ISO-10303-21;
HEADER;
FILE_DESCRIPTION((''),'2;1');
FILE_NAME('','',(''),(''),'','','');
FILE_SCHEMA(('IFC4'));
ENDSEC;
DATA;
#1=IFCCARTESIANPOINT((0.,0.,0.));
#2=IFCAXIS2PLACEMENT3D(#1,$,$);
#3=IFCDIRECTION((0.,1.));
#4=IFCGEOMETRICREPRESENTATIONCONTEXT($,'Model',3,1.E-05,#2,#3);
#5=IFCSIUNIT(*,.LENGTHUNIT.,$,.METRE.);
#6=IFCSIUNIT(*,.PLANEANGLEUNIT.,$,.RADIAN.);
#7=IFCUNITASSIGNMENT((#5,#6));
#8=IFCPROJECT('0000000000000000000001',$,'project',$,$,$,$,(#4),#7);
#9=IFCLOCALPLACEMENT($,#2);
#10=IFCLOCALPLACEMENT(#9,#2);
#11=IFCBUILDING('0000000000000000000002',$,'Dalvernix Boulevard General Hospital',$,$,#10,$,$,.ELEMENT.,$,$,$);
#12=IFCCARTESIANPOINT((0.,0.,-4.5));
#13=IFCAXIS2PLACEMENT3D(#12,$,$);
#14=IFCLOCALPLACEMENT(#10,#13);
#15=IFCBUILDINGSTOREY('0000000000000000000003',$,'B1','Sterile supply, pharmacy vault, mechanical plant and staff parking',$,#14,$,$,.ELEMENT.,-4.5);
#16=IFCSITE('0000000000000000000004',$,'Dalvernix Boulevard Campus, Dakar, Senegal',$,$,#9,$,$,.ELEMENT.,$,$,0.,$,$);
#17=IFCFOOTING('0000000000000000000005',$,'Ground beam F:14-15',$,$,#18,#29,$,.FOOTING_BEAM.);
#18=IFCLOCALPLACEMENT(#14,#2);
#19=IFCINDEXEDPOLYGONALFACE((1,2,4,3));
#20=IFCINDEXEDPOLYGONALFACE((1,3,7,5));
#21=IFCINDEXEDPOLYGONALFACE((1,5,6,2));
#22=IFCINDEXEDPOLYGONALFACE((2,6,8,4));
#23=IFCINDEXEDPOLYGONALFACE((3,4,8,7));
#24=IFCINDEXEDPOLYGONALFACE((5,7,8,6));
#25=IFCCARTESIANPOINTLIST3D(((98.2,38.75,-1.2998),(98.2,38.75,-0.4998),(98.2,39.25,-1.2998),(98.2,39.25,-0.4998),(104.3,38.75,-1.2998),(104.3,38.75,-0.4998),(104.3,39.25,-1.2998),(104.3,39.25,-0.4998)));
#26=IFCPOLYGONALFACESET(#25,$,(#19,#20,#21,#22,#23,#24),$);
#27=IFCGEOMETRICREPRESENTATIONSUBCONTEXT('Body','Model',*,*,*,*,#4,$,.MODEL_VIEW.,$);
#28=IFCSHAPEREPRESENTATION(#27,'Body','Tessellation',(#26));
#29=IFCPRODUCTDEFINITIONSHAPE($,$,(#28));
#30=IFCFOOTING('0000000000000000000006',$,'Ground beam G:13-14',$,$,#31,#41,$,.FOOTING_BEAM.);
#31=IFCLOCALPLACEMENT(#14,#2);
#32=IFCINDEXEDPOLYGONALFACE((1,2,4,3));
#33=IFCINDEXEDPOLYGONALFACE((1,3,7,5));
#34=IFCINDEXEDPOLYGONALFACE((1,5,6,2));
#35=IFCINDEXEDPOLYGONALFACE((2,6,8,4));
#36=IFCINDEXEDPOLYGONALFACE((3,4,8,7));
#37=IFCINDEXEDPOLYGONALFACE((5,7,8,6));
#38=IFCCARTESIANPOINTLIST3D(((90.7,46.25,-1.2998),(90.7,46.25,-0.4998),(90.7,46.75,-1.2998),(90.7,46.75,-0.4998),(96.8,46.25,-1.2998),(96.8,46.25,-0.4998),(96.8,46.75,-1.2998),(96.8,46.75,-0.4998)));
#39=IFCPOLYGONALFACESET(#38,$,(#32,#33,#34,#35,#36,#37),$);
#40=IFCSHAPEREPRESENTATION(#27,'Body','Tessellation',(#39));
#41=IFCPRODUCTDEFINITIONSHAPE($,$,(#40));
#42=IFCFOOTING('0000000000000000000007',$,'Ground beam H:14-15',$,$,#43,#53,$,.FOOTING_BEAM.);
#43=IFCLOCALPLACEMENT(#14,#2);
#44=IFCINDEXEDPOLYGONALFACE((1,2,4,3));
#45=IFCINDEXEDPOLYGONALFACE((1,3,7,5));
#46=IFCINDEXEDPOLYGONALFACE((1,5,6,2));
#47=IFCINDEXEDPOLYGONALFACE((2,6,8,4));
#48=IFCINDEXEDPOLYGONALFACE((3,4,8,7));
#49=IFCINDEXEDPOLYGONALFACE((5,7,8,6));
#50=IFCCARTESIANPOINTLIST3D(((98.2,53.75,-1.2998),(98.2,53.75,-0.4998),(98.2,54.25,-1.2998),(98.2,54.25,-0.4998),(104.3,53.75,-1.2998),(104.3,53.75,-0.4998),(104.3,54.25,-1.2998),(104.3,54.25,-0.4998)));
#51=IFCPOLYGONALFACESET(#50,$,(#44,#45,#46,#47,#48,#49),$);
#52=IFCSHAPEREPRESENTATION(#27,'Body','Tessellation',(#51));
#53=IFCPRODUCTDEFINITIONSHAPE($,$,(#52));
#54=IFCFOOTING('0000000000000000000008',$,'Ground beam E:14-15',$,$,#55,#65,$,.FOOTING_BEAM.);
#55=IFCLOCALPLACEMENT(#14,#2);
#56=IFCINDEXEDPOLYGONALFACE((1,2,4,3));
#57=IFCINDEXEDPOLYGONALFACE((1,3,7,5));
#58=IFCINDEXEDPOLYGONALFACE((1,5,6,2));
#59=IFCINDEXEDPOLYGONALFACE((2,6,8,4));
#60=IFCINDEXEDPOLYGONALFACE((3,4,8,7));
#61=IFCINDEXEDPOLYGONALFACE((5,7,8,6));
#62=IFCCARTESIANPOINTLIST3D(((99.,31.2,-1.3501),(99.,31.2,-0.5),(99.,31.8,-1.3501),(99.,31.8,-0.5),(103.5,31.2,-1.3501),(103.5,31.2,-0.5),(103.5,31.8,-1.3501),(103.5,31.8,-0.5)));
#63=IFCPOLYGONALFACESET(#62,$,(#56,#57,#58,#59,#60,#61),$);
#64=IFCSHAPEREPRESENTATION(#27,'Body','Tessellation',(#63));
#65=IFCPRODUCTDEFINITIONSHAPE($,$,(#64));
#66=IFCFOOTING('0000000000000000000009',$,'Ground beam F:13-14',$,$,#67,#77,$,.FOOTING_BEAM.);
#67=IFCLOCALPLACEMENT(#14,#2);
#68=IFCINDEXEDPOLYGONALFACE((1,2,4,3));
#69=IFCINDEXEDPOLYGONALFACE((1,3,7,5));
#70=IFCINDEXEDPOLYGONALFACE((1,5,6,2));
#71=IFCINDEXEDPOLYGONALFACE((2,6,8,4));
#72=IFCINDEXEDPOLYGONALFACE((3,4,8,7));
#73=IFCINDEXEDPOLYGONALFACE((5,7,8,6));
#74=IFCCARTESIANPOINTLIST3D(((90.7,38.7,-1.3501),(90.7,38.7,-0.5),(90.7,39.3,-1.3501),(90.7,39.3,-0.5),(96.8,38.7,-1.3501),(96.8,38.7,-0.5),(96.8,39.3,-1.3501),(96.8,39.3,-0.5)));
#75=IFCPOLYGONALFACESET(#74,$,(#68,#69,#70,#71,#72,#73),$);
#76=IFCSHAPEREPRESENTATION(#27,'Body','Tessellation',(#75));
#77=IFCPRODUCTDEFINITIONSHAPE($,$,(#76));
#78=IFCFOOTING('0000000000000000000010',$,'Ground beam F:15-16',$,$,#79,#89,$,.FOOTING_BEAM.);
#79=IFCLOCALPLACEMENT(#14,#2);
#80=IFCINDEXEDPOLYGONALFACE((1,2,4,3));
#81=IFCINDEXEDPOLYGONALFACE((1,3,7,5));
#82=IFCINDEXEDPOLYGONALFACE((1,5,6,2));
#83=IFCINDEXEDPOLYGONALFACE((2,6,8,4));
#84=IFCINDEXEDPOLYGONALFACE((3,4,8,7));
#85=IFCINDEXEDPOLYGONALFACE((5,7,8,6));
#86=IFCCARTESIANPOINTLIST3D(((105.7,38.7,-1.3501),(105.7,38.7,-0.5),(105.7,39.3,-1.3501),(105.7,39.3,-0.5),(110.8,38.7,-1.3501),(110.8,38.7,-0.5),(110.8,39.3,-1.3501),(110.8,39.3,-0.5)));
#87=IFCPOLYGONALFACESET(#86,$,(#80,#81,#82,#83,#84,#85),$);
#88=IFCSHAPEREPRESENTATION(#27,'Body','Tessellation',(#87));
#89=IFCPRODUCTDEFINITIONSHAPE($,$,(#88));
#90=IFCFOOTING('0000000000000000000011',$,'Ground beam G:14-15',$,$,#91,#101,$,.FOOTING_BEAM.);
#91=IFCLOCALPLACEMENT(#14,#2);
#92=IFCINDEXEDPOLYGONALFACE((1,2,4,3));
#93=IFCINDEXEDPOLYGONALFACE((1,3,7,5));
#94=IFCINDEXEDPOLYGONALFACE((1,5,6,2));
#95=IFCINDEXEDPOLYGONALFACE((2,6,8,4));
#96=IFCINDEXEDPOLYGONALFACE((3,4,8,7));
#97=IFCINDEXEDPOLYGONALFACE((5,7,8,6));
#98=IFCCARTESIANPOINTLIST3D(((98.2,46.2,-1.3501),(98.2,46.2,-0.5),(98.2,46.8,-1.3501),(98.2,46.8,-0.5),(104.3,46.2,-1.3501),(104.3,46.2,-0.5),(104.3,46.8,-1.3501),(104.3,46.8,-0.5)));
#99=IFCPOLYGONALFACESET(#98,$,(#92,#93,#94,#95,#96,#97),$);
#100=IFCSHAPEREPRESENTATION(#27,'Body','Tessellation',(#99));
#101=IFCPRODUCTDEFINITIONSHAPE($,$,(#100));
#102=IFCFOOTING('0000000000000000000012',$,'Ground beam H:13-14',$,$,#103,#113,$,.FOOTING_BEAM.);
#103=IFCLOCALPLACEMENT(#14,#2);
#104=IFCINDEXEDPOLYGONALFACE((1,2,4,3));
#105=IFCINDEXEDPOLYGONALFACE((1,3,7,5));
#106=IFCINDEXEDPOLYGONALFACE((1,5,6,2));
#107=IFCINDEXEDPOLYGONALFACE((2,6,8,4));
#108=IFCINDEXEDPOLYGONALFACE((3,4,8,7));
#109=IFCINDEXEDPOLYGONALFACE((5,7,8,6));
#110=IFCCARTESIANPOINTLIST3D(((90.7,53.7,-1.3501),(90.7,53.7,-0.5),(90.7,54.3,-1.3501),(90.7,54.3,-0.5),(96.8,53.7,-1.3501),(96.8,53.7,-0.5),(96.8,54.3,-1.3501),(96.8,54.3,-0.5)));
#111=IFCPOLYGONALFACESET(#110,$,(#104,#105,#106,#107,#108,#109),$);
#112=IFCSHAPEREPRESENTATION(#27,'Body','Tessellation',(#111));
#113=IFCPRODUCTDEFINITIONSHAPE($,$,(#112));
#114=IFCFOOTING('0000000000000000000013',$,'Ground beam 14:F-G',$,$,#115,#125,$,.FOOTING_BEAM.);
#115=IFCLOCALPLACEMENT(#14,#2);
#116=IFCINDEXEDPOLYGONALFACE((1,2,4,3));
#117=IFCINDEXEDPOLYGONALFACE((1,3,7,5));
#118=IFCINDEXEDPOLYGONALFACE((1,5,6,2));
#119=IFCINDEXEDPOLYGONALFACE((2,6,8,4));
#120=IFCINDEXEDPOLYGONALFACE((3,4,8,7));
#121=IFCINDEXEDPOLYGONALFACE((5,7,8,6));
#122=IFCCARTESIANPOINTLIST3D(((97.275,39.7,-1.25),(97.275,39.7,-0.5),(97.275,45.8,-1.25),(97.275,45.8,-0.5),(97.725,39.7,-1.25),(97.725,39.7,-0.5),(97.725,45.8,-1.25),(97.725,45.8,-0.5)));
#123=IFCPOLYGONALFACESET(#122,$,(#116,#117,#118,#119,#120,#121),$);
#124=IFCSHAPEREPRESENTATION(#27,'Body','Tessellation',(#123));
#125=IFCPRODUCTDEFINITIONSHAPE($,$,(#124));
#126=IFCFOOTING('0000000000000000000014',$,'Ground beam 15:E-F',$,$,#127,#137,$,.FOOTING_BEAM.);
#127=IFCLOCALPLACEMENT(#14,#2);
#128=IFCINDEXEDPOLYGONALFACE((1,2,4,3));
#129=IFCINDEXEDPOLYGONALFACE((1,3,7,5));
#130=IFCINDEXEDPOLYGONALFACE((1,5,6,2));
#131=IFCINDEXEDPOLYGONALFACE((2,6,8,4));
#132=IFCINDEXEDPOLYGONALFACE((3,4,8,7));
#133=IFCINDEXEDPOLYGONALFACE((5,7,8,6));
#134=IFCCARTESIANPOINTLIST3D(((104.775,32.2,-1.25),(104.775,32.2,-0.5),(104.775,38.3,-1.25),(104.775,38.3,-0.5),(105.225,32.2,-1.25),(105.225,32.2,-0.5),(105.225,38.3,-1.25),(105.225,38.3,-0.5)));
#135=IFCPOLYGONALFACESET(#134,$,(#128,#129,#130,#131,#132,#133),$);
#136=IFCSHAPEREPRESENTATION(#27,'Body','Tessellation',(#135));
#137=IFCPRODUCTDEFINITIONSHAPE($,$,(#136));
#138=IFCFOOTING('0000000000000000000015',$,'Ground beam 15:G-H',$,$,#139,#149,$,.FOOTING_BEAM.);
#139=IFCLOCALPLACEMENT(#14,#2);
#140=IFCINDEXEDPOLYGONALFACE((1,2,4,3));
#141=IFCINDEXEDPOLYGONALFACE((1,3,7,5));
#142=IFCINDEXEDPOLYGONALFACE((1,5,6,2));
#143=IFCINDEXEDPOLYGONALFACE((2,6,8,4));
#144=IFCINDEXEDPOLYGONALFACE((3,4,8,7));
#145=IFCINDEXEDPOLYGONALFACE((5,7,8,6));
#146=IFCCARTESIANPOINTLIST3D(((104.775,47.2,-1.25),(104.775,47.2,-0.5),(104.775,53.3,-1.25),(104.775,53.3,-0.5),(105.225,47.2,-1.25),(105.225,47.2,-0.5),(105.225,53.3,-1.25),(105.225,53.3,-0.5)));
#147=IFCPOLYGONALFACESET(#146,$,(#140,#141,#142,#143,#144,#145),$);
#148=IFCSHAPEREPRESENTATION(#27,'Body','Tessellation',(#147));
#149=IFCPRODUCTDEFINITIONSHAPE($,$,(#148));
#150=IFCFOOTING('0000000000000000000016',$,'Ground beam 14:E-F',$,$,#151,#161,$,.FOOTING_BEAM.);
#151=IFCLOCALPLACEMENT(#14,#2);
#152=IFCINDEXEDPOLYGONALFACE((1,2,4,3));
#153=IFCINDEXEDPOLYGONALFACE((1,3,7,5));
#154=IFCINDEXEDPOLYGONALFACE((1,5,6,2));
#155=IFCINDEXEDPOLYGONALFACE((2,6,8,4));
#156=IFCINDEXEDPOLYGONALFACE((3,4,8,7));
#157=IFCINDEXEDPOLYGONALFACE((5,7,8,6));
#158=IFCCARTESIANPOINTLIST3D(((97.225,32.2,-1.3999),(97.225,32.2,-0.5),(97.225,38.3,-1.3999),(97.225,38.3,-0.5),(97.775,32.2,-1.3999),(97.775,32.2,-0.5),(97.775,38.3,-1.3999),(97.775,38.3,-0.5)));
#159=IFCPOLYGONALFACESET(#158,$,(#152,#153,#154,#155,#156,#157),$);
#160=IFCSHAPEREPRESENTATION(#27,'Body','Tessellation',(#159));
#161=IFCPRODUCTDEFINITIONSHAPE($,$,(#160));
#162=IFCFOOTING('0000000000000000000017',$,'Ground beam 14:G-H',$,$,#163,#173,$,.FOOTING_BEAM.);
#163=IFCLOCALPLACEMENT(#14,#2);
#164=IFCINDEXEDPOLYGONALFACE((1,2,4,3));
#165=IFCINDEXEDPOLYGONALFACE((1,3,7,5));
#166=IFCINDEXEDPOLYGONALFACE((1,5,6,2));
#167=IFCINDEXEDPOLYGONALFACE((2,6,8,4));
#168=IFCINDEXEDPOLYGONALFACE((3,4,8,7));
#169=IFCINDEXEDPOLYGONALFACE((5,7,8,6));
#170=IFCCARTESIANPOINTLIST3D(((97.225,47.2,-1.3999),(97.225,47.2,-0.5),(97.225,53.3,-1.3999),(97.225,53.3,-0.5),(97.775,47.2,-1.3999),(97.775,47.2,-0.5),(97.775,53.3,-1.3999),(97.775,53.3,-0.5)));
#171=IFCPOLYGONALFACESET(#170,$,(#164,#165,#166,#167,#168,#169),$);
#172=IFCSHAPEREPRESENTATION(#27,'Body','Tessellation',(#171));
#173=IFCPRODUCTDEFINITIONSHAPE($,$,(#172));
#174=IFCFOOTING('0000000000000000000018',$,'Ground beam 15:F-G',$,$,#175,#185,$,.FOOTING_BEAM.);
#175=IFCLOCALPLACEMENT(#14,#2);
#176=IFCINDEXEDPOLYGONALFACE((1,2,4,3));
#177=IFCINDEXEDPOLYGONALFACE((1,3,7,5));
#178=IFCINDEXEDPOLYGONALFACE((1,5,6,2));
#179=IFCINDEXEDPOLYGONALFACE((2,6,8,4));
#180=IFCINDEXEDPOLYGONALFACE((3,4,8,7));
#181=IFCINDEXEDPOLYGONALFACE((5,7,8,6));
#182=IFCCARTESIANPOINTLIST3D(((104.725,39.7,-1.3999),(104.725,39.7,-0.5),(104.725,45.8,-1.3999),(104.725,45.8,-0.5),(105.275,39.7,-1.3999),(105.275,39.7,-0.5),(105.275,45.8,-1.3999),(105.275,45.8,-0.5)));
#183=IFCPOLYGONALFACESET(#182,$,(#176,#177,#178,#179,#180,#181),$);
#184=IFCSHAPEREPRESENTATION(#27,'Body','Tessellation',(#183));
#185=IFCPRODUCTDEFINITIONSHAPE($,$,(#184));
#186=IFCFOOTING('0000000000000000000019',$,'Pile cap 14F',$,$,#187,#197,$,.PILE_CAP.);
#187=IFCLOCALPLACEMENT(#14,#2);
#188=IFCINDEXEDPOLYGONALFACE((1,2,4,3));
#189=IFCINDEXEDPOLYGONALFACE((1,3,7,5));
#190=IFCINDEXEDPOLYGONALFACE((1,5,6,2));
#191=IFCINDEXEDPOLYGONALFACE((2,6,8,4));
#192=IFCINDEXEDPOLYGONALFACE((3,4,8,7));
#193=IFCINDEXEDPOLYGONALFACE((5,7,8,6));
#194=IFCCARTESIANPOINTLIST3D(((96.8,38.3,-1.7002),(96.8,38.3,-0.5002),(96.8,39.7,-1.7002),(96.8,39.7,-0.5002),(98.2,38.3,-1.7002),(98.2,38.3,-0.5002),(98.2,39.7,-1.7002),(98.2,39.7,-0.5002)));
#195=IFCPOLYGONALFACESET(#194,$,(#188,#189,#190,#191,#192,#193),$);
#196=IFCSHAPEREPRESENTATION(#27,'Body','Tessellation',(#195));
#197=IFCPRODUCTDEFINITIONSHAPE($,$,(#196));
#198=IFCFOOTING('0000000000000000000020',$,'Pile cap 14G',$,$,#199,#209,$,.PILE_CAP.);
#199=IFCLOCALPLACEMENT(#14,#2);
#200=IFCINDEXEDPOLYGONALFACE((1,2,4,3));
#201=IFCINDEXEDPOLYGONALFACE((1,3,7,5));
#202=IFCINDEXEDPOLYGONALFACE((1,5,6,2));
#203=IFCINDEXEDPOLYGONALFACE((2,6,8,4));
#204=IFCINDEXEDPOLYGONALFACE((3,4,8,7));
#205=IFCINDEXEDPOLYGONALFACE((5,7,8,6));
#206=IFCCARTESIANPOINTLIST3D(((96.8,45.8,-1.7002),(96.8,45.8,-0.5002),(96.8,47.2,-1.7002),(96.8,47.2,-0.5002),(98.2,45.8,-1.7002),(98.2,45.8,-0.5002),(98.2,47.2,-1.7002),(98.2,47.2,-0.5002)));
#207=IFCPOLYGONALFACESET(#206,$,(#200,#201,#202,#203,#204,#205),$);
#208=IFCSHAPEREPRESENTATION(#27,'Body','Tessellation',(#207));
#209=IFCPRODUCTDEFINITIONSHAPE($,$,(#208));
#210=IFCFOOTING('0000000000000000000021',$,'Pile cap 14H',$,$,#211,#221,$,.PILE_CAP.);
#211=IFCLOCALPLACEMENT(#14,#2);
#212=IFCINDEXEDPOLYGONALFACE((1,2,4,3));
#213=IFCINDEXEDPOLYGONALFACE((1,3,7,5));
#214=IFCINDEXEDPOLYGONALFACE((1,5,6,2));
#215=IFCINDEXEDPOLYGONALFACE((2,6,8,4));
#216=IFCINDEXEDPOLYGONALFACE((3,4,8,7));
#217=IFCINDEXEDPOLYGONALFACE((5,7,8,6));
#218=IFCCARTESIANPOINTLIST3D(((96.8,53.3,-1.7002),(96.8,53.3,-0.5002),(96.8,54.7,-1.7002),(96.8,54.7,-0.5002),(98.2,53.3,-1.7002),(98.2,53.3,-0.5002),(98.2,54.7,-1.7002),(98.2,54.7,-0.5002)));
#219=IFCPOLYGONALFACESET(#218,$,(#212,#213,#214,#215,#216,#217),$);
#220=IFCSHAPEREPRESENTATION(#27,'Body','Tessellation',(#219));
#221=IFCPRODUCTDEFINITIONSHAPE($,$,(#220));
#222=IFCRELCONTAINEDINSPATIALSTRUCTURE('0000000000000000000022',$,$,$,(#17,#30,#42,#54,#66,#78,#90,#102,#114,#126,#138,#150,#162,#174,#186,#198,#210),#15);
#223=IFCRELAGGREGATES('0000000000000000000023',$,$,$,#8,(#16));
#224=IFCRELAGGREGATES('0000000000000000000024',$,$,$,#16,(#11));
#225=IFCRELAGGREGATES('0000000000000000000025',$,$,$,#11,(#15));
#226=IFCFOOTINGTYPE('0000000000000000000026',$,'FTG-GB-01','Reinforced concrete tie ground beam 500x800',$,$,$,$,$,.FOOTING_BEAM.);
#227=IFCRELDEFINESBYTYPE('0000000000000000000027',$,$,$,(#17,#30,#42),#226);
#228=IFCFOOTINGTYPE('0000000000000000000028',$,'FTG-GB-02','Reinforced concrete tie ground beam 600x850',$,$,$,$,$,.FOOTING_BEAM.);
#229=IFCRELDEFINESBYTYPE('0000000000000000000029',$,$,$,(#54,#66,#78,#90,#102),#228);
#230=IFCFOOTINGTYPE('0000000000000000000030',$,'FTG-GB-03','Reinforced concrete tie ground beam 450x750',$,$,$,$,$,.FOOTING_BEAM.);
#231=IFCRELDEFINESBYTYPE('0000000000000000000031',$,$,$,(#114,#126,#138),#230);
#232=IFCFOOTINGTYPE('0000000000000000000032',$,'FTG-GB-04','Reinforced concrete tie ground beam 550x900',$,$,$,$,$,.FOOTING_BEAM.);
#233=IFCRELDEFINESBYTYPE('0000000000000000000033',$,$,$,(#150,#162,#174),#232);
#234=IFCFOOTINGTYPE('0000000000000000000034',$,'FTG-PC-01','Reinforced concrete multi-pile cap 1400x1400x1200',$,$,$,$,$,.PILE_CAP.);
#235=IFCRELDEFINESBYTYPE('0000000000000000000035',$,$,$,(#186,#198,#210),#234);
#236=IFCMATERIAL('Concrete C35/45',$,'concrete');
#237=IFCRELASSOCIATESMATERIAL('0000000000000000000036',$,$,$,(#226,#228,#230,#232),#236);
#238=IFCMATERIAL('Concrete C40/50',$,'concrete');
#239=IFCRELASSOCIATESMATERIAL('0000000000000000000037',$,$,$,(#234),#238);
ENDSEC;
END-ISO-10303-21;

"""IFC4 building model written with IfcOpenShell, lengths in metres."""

from ifc_helpers import new_model, si_unit, direction, frame, origin, origin_2d, place, context, subcontext, project, spatial, rectangle, extrude, material, type_object, element, save


model = new_model("IFC4")

# Units and contexts
model_context = context("Model", 3, precision=1e-05, world=origin(), true_north=direction((0.0, 1.0)))
body_context = subcontext(model_context, "Body", "Model", "MODEL_VIEW")
ifc_project = project(units=[si_unit("LENGTHUNIT", "METRE"), si_unit("PLANEANGLEUNIT", "RADIAN")], contexts=[model_context])

# Site, building, storey
site_placement = place(None, origin())
site = spatial("IfcSite", under=ifc_project, at=site_placement, Name="Dalvernix Boulevard Campus, Dakar, Senegal", CompositionType="ELEMENT", RefElevation=0.0)
building_placement = place(site_placement, origin())
building = spatial("IfcBuilding", under=site, at=building_placement, Name="Dalvernix Boulevard General Hospital", CompositionType="ELEMENT")
storey_placement = place(building_placement, frame((0.0, 0.0, -4.5)))
storey = spatial("IfcBuildingStorey", under=building, at=storey_placement, Name="B1", Description="Sterile supply, pharmacy vault, mechanical plant and staff parking", CompositionType="ELEMENT", Elevation=-4.5)

# Footings
ifc_material_1 = material(Name="Concrete C35/45", Category="concrete")
footing_type_1 = type_object("IfcFootingType", Name="FTG-GB-01", Description="Reinforced concrete tie ground beam 500x800", PredefinedType="FOOTING_BEAM", material=ifc_material_1)
for number, where, z_axis, x_axis, name in (
    (1, (101.25, 39.0, -1.2998), (0.0, 0.0, 1.0), (1.0, 0.0, 0.0), "Ground beam F:14-15"),
    (2, (93.75, 46.5, -1.2998), (0.0, 0.0, 1.0), (1.0, 0.0, 0.0), "Ground beam G:13-14"),
    (3, (101.25, 54.0, -1.2998), (0.0, 0.0, 1.0), (1.0, 0.0, 0.0), "Ground beam H:14-15"),
):
    element("IfcFooting", number, at=place(storey_placement, frame(where, z_axis=z_axis, x_axis=x_axis)), inside=storey, type_object=footing_type_1, Name=name, PredefinedType="FOOTING_BEAM", context=body_context, shape_type="SweptSolid", body=[
        extrude(rectangle(XDim=6.1001, YDim=0.5, at=origin_2d()), origin(), (0.0, 0.0, 1.0), 0.8),
    ])
footing_type_2 = type_object("IfcFootingType", Name="FTG-GB-02", Description="Reinforced concrete tie ground beam 600x850", PredefinedType="FOOTING_BEAM", material=ifc_material_1)
footing_1_placement = place(storey_placement, frame((101.25, 31.5, -1.3501), z_axis=(0.0, 0.0, 1.0), x_axis=(1.0, 0.0, 0.0)))
element("IfcFooting", 4, at=footing_1_placement, inside=storey, type_object=footing_type_2, Name="Ground beam E:14-15", PredefinedType="FOOTING_BEAM", context=body_context, shape_type="SweptSolid", body=[
    extrude(rectangle(XDim=4.5, YDim=0.6001, at=origin_2d()), origin(), (0.0, 0.0, 1.0), 0.8501),
])
footing_2_placement = place(storey_placement, frame((93.75, 39.0, -1.3501), z_axis=(0.0, 0.0, 1.0), x_axis=(1.0, 0.0, 0.0)))
element("IfcFooting", 5, at=footing_2_placement, inside=storey, type_object=footing_type_2, Name="Ground beam F:13-14", PredefinedType="FOOTING_BEAM", context=body_context, shape_type="SweptSolid", body=[
    extrude(rectangle(XDim=6.1001, YDim=0.6001, at=origin_2d()), origin(), (0.0, 0.0, 1.0), 0.8501),
])
footing_3_placement = place(storey_placement, frame((108.25, 39.0, -1.3501), z_axis=(0.0, 0.0, 1.0), x_axis=(1.0, 0.0, 0.0)))
element("IfcFooting", 6, at=footing_3_placement, inside=storey, type_object=footing_type_2, Name="Ground beam F:15-16", PredefinedType="FOOTING_BEAM", context=body_context, shape_type="SweptSolid", body=[
    extrude(rectangle(XDim=5.1001, YDim=0.6001, at=origin_2d()), origin(), (0.0, 0.0, 1.0), 0.8501),
])
for number, where, z_axis, x_axis, name in (
    (7, (101.25, 46.5, -1.3501), (0.0, 0.0, 1.0), (1.0, 0.0, 0.0), "Ground beam G:14-15"),
    (8, (93.75, 54.0, -1.3501), (0.0, 0.0, 1.0), (1.0, 0.0, 0.0), "Ground beam H:13-14"),
):
    element("IfcFooting", number, at=place(storey_placement, frame(where, z_axis=z_axis, x_axis=x_axis)), inside=storey, type_object=footing_type_2, Name=name, PredefinedType="FOOTING_BEAM", context=body_context, shape_type="SweptSolid", body=[
        extrude(rectangle(XDim=6.1001, YDim=0.6001, at=origin_2d()), origin(), (0.0, 0.0, 1.0), 0.8501),
    ])
footing_type_3 = type_object("IfcFootingType", Name="FTG-GB-03", Description="Reinforced concrete tie ground beam 450x750", PredefinedType="FOOTING_BEAM", material=ifc_material_1)
for number, where, z_axis, x_axis, name in (
    (9, (97.5, 42.75, -1.25), (0.0, 0.0, 1.0), (0.0, 1.0, 0.0), "Ground beam 14:F-G"),
    (10, (105.0, 35.25, -1.25), (0.0, 0.0, 1.0), (0.0, 1.0, 0.0), "Ground beam 15:E-F"),
    (11, (105.0, 50.25, -1.25), (0.0, 0.0, 1.0), (0.0, 1.0, 0.0), "Ground beam 15:G-H"),
):
    element("IfcFooting", number, at=place(storey_placement, frame(where, z_axis=z_axis, x_axis=x_axis)), inside=storey, type_object=footing_type_3, Name=name, PredefinedType="FOOTING_BEAM", context=body_context, shape_type="SweptSolid", body=[
        extrude(rectangle(XDim=6.1001, YDim=0.45, at=origin_2d()), origin(), (0.0, 0.0, 1.0), 0.75),
    ])
footing_type_4 = type_object("IfcFootingType", Name="FTG-GB-04", Description="Reinforced concrete tie ground beam 550x900", PredefinedType="FOOTING_BEAM", material=ifc_material_1)
for number, where, z_axis, x_axis, name in (
    (12, (97.5, 35.25, -1.3999), (0.0, 0.0, 1.0), (0.0, 1.0, 0.0), "Ground beam 14:E-F"),
    (13, (97.5, 50.25, -1.3999), (0.0, 0.0, 1.0), (0.0, 1.0, 0.0), "Ground beam 14:G-H"),
    (14, (105.0, 42.75, -1.3999), (0.0, 0.0, 1.0), (0.0, 1.0, 0.0), "Ground beam 15:F-G"),
):
    element("IfcFooting", number, at=place(storey_placement, frame(where, z_axis=z_axis, x_axis=x_axis)), inside=storey, type_object=footing_type_4, Name=name, PredefinedType="FOOTING_BEAM", context=body_context, shape_type="SweptSolid", body=[
        extrude(rectangle(XDim=6.1001, YDim=0.55, at=origin_2d()), origin(), (0.0, 0.0, 1.0), 0.8999),
    ])
ifc_material_2 = material(Name="Concrete C40/50", Category="concrete")
footing_type_5 = type_object("IfcFootingType", Name="FTG-PC-01", Description="Reinforced concrete multi-pile cap 1400x1400x1200", PredefinedType="PILE_CAP", material=ifc_material_2)
for number, where, z_axis, x_axis, name in (
    (15, (97.5, 39.0, -1.7002), (0.0, 0.0, 1.0), (1.0, 0.0, 0.0), "Pile cap 14F"),
    (16, (97.5, 46.5, -1.7002), (0.0, 0.0, 1.0), (1.0, 0.0, 0.0), "Pile cap 14G"),
    (17, (97.5, 54.0, -1.7002), (0.0, 0.0, 1.0), (1.0, 0.0, 0.0), "Pile cap 14H"),
):
    element("IfcFooting", number, at=place(storey_placement, frame(where, z_axis=z_axis, x_axis=x_axis)), inside=storey, type_object=footing_type_5, Name=name, PredefinedType="PILE_CAP", context=body_context, shape_type="SweptSolid", body=[
        extrude(rectangle(XDim=1.3999, YDim=1.3999, at=origin_2d()), origin(), (0.0, 0.0, 1.0), 1.2),
    ])

save(model, "model.ifc")
